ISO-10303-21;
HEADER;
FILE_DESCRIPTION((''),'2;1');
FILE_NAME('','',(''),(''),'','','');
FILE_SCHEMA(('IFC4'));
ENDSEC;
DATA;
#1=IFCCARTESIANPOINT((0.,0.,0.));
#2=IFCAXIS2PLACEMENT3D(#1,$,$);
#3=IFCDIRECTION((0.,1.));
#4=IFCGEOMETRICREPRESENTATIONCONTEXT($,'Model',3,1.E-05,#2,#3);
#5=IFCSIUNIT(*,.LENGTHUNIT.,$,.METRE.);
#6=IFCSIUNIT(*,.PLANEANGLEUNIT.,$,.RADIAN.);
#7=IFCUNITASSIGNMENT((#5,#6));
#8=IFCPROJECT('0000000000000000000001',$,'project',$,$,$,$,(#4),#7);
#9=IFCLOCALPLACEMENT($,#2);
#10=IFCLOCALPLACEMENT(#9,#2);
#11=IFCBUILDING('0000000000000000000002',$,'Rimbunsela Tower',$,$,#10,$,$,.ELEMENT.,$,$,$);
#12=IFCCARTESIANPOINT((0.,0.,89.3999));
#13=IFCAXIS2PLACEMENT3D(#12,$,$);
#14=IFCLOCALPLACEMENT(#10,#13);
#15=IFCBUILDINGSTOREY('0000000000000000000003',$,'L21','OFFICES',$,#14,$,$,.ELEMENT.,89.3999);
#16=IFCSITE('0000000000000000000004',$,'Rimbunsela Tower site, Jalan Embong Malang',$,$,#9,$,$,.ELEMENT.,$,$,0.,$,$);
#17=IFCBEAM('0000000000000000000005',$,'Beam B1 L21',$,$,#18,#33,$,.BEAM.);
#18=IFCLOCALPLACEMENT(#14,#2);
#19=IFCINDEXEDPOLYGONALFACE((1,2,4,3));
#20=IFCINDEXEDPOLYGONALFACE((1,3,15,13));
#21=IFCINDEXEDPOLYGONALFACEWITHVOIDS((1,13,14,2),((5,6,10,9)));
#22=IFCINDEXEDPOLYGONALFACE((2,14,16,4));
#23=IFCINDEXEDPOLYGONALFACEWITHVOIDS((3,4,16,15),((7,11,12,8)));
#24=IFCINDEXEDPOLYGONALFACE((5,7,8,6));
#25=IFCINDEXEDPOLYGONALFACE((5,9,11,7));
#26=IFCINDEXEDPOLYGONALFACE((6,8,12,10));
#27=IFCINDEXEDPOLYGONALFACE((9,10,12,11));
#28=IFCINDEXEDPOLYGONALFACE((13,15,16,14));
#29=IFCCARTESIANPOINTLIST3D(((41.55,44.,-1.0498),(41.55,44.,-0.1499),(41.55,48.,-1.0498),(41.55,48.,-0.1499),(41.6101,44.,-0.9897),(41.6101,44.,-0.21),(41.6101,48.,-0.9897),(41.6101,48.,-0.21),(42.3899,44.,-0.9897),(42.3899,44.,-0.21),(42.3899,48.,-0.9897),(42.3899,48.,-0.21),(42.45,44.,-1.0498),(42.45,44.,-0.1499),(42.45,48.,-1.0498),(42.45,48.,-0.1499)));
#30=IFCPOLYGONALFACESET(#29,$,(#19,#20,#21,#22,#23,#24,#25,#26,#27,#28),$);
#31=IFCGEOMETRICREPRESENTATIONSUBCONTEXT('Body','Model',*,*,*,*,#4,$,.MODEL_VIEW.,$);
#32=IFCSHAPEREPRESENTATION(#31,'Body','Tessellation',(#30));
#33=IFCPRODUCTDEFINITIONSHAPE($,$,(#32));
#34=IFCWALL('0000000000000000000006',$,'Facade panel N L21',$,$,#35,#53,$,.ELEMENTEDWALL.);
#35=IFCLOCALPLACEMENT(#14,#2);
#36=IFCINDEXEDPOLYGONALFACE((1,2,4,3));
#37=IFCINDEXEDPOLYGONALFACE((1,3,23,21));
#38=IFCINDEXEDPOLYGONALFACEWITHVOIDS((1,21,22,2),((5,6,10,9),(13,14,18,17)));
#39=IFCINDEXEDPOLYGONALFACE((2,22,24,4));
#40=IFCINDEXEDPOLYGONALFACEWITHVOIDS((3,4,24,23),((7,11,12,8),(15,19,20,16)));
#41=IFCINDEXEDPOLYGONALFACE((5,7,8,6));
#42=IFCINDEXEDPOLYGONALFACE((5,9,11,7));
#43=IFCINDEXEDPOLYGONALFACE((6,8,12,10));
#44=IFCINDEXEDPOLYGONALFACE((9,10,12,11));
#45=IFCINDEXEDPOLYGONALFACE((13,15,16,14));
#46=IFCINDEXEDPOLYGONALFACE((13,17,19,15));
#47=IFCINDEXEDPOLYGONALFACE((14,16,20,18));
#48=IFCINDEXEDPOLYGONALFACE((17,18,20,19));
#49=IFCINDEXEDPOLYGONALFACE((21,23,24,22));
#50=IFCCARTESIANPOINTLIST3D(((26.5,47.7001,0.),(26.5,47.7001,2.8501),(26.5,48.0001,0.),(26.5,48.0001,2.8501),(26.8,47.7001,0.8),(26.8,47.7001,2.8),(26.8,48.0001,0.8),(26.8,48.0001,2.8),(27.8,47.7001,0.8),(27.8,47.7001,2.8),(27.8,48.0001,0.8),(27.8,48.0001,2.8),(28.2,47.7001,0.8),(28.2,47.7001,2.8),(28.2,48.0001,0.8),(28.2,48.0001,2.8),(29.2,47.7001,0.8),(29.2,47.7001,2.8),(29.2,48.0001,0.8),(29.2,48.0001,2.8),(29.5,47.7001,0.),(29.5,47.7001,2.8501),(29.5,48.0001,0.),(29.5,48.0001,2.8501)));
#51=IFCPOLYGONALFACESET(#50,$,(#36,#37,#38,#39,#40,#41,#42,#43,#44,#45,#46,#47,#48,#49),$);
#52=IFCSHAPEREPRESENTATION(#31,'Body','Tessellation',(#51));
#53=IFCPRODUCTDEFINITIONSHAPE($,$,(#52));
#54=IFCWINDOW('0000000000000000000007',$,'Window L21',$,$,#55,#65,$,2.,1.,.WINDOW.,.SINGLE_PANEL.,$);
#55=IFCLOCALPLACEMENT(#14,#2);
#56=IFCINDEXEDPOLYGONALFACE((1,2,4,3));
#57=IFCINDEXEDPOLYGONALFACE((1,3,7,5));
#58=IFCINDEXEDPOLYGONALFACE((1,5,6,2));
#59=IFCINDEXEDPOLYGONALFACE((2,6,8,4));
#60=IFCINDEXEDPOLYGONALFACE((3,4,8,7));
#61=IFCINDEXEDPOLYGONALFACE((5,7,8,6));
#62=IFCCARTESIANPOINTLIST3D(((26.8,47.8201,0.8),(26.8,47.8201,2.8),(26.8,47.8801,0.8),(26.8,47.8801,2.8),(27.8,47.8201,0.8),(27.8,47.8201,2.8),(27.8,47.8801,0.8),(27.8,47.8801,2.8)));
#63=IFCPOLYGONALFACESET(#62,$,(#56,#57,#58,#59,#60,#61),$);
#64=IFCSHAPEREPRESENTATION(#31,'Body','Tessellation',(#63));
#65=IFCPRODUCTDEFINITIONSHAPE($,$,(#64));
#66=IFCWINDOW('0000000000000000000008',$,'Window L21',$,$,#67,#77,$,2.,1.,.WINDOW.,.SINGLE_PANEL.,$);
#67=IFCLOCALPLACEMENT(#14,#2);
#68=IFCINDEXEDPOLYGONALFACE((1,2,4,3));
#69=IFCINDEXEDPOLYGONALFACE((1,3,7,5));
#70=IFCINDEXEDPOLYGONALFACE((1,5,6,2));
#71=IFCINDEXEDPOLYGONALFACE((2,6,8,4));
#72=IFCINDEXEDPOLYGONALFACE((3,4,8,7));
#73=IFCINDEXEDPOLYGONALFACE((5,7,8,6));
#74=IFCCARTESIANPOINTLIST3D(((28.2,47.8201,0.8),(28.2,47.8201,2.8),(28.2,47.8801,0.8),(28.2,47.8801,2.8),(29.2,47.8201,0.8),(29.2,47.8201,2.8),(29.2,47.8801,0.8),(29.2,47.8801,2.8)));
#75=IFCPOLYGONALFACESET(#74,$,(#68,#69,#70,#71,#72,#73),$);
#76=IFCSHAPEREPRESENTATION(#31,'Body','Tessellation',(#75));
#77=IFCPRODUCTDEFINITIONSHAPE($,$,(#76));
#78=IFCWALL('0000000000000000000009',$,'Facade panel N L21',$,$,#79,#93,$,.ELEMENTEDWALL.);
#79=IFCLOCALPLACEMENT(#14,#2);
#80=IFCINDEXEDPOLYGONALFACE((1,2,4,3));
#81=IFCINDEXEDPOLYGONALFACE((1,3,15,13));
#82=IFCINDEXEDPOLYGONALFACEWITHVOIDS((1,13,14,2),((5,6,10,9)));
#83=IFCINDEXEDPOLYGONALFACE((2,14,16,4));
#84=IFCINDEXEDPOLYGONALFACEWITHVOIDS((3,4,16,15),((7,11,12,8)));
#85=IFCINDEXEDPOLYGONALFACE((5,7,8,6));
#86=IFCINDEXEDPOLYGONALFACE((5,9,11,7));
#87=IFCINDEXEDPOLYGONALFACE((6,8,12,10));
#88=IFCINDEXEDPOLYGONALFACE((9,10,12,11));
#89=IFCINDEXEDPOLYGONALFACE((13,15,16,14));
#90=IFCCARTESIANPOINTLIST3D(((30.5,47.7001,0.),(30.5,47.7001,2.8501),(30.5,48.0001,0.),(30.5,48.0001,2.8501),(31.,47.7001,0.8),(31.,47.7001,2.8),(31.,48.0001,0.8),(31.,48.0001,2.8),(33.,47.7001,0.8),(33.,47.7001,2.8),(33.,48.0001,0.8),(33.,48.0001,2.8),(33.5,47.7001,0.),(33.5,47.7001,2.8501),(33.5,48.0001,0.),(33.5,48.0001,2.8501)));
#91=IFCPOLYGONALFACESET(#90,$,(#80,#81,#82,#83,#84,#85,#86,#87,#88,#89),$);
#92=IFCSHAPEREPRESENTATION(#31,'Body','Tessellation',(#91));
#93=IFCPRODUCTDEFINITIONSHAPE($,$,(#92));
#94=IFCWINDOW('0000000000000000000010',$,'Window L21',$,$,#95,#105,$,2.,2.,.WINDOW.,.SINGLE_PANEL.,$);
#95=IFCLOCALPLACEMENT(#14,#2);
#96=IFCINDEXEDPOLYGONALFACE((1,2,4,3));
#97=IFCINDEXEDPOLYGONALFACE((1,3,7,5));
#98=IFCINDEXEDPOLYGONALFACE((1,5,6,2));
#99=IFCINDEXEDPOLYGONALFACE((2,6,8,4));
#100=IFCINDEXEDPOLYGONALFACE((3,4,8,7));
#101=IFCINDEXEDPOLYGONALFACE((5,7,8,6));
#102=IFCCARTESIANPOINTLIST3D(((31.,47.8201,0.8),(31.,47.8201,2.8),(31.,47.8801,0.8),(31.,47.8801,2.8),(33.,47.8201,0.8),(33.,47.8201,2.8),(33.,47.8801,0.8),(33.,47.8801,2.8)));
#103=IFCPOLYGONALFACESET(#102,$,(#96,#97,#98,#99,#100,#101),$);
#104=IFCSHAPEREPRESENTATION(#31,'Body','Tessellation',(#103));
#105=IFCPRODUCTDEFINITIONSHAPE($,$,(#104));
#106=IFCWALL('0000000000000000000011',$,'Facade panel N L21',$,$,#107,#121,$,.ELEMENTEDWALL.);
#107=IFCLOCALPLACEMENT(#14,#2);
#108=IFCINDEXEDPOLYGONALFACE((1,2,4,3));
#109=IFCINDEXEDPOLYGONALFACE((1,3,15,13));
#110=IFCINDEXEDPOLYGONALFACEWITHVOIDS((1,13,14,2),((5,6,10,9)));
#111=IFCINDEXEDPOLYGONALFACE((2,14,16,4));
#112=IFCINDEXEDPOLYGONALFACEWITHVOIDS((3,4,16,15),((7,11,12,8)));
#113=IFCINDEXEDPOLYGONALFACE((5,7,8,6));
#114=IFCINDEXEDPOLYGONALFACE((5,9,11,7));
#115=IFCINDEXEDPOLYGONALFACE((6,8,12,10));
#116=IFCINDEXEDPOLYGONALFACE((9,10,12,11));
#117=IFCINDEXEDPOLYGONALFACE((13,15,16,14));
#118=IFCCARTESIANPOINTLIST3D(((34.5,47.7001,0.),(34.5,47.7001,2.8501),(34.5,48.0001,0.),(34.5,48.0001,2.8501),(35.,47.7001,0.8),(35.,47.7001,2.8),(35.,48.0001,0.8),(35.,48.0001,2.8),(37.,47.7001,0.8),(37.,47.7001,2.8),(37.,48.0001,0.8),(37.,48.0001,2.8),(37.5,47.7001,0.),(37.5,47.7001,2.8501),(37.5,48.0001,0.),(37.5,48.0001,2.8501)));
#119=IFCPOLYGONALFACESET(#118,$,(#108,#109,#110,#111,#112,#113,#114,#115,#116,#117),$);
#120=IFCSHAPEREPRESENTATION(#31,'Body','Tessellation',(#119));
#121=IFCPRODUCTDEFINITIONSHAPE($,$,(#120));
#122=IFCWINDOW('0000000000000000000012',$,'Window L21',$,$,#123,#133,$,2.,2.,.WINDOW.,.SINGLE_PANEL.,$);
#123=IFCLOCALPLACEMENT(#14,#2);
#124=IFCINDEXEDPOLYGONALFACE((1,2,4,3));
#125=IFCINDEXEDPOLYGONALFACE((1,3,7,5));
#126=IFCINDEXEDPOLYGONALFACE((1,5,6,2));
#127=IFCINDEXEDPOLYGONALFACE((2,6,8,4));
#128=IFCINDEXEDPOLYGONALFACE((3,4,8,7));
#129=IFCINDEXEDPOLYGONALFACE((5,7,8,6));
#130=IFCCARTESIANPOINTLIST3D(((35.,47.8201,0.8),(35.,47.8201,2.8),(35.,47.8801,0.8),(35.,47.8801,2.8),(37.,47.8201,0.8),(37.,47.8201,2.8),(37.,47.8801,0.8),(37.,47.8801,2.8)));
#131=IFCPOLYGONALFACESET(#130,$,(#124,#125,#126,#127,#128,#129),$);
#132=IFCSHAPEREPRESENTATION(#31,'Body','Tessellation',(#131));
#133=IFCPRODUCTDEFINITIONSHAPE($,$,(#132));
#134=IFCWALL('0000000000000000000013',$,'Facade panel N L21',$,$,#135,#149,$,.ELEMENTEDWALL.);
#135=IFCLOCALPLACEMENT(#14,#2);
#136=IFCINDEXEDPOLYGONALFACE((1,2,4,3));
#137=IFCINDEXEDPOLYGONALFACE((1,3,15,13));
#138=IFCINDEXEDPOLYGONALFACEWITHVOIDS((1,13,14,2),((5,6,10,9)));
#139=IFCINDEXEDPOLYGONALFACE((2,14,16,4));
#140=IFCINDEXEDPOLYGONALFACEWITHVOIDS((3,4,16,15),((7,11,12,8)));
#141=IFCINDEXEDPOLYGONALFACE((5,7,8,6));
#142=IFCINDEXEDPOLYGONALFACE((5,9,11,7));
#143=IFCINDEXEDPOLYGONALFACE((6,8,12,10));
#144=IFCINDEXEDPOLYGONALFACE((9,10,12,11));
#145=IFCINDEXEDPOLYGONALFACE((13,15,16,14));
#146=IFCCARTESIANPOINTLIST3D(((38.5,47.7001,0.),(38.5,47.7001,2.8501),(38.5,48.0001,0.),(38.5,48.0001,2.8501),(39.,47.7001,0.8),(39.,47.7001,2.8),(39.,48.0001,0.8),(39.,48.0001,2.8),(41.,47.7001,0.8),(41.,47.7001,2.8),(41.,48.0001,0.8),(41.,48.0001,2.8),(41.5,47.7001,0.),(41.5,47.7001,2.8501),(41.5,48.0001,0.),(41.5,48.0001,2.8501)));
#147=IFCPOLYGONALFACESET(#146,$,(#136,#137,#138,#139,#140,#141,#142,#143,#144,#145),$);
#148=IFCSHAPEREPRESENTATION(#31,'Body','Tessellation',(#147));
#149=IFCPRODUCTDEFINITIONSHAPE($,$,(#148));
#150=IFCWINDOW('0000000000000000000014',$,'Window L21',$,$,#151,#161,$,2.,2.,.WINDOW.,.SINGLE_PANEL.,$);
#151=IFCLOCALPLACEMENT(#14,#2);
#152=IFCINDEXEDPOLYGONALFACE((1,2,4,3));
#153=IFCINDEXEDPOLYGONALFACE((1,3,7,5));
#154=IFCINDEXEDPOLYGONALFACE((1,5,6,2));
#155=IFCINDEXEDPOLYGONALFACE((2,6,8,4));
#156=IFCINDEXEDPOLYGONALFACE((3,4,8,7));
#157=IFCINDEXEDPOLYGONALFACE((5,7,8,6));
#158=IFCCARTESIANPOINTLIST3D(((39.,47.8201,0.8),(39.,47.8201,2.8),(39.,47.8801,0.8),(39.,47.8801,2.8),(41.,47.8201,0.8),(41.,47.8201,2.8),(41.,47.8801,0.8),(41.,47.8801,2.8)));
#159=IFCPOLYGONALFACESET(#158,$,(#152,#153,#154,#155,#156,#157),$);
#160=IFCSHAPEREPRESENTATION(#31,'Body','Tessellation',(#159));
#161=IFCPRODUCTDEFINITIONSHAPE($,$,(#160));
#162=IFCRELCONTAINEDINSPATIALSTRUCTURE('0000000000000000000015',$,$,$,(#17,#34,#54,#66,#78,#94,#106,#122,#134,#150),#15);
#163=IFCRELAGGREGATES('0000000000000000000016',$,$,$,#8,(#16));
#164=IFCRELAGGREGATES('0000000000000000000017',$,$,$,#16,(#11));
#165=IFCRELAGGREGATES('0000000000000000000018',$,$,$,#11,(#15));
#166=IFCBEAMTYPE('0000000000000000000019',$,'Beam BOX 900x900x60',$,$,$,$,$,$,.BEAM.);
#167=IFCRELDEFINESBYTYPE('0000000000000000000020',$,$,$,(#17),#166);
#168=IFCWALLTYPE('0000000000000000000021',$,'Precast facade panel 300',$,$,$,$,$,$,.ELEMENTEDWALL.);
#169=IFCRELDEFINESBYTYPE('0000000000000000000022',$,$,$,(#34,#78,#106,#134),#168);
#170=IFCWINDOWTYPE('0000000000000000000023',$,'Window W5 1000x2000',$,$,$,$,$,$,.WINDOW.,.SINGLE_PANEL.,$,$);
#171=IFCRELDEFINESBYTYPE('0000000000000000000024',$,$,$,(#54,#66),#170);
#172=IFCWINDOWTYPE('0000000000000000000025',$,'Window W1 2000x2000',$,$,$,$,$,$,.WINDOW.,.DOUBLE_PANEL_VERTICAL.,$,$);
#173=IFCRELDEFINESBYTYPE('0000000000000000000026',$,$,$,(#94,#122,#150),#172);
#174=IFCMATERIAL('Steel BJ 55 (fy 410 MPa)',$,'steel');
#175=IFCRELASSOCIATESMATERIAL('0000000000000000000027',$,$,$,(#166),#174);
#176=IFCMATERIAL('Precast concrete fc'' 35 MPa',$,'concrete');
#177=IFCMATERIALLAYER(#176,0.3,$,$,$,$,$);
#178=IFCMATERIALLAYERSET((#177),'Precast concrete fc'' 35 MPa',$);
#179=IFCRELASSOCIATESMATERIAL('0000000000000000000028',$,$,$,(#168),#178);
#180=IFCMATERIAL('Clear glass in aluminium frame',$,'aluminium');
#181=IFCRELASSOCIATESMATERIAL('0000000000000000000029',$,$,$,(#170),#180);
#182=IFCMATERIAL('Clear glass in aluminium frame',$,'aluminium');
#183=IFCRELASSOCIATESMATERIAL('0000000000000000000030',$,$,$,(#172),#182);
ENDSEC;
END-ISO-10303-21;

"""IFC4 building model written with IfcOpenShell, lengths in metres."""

from ifc_helpers import new_model, si_unit, direction, frame, frame_2d, origin, origin_2d, place, context, subcontext, project, spatial, rectangle, hollow_rectangle, extrude, material, layer, layer_set, material_profile, profile_set, type_object, element, fill, save


model = new_model("IFC4")

# Units and contexts
model_context = context("Model", 3, precision=1e-05, world=origin(), true_north=direction((0.0, 1.0)))
body_context = subcontext(model_context, "Body", "Model", "MODEL_VIEW")
ifc_project = project(units=[si_unit("LENGTHUNIT", "METRE"), si_unit("PLANEANGLEUNIT", "RADIAN")], contexts=[model_context])

# Site, building, storey
site_placement = place(None, origin())
site = spatial("IfcSite", under=ifc_project, at=site_placement, Name="Rimbunsela Tower site, Jalan Embong Malang", CompositionType="ELEMENT", RefElevation=0.0)
building_placement = place(site_placement, origin())
building = spatial("IfcBuilding", under=site, at=building_placement, Name="Rimbunsela Tower", CompositionType="ELEMENT")
storey_placement = place(building_placement, frame((0.0, 0.0, 89.3999)))
storey = spatial("IfcBuildingStorey", under=building, at=storey_placement, Name="L21", Description="OFFICES", CompositionType="ELEMENT", Elevation=89.3999)

# Beam
ifc_material_1 = material(Name="Steel BJ 55 (fy 410 MPa)", Category="steel")
ifc_material_profile_1 = material_profile(ifc_material_1, hollow_rectangle(XDim=0.8999, YDim=0.8999, WallThickness=0.0601, at=origin_2d()), Name="BOX 900x900x60")
ifc_profile_set_1 = profile_set([ifc_material_profile_1], Name="Steel BJ 55 (fy 410 MPa)")
beam_type_1 = type_object("IfcBeamType", Name="Beam BOX 900x900x60", PredefinedType="BEAM", material=ifc_profile_set_1)
for number, where, z_axis, x_axis, name in (
    (1, (42.0, 44.0, -0.5999), (0.0, 1.0, 0.0), (-1.0, 0.0, 0.0), "Beam B1 L21"),
):
    element("IfcBeam", number, at=place(storey_placement, frame(where, z_axis=z_axis, x_axis=x_axis)), inside=storey, type_object=beam_type_1, Name=name, PredefinedType="BEAM", context=body_context, shape_type="SweptSolid", body=[
        extrude(hollow_rectangle(XDim=0.8999, YDim=0.8999, WallThickness=0.0601, at=origin_2d()), origin(), (0.0, 0.0, 1.0), 4.0),
    ])

# Wall, openings, windows
ifc_material_2 = material(Name="Precast concrete fc' 35 MPa", Category="concrete")
ifc_layer_1 = layer(ifc_material_2, 0.3)
ifc_layer_set_1 = layer_set([ifc_layer_1], Name="Precast concrete fc' 35 MPa")
wall_type_1 = type_object("IfcWallType", Name="Precast facade panel 300", PredefinedType="ELEMENTEDWALL", material=ifc_layer_set_1)
wall_1_placement = place(storey_placement, frame((29.5, 47.8501, 0.0), z_axis=(0.0, 0.0, 1.0), x_axis=(-1.0, 0.0, 0.0)))
wall_1 = element("IfcWall", 2, at=wall_1_placement, inside=storey, type_object=wall_type_1, Name="Facade panel N L21", PredefinedType="ELEMENTEDWALL", context=body_context, shape_type="SweptSolid", body=[
    extrude(rectangle(XDim=3.0, YDim=0.3, at=frame_2d((1.5, 0.0))), origin(), (0.0, 0.0, 1.0), 2.8501),
])
opening_1_placement = place(wall_1_placement, frame((1.7, 0.0, 0.8)))
opening_1 = element("IfcOpeningElement", 3, at=opening_1_placement, cuts=wall_1, PredefinedType="OPENING", context=body_context, shape_type="SweptSolid", body=[
    extrude(rectangle(XDim=1.0, YDim=2.0, at=frame_2d((0.5, 1.0))), frame((0.0, 0.1599, 0.0), z_axis=(0.0, -1.0, 0.0), x_axis=(1.0, 0.0, 0.0)), (0.0, 0.0, 1.0), 0.3201),
])
opening_2_placement = place(wall_1_placement, frame((0.3, 0.0, 0.8)))
opening_2 = element("IfcOpeningElement", 4, at=opening_2_placement, cuts=wall_1, PredefinedType="OPENING", context=body_context, shape_type="SweptSolid", body=[
    extrude(rectangle(XDim=1.0, YDim=2.0, at=frame_2d((0.5, 1.0))), frame((0.0, 0.1599, 0.0), z_axis=(0.0, -1.0, 0.0), x_axis=(1.0, 0.0, 0.0)), (0.0, 0.0, 1.0), 0.3201),
])
ifc_material_3 = material(Name="Clear glass in aluminium frame", Category="aluminium")
window_type_1 = type_object("IfcWindowType", Name="Window W5 1000x2000", PartitioningType="SINGLE_PANEL", PredefinedType="WINDOW", material=ifc_material_3)
window_1_placement = place(opening_1_placement, origin())
window_1 = element("IfcWindow", 5, at=window_1_placement, inside=storey, type_object=window_type_1, Name="Window L21", OverallHeight=2.0, OverallWidth=1.0, PartitioningType="SINGLE_PANEL", PredefinedType="WINDOW", context=body_context, shape_type="SweptSolid", body=[
    extrude(rectangle(XDim=1.0, YDim=2.0, at=frame_2d((0.5, 1.0))), frame((0.0, 0.03, 0.0), z_axis=(0.0, -1.0, 0.0), x_axis=(1.0, 0.0, 0.0)), (0.0, 0.0, 1.0), 0.0601),
])
fill(opening_1, window_1)
window_2_placement = place(opening_2_placement, origin())
window_2 = element("IfcWindow", 6, at=window_2_placement, inside=storey, type_object=window_type_1, Name="Window L21", OverallHeight=2.0, OverallWidth=1.0, PartitioningType="SINGLE_PANEL", PredefinedType="WINDOW", context=body_context, shape_type="SweptSolid", body=[
    extrude(rectangle(XDim=1.0, YDim=2.0, at=frame_2d((0.5, 1.0))), frame((0.0, 0.03, 0.0), z_axis=(0.0, -1.0, 0.0), x_axis=(1.0, 0.0, 0.0)), (0.0, 0.0, 1.0), 0.0601),
])
fill(opening_2, window_2)

# Walls, openings, windows
wall_2_placement = place(storey_placement, frame((33.5, 47.8501, 0.0), z_axis=(0.0, 0.0, 1.0), x_axis=(-1.0, 0.0, 0.0)))
wall_2 = element("IfcWall", 7, at=wall_2_placement, inside=storey, type_object=wall_type_1, Name="Facade panel N L21", PredefinedType="ELEMENTEDWALL", context=body_context, shape_type="SweptSolid", body=[
    extrude(rectangle(XDim=3.0, YDim=0.3, at=frame_2d((1.5, 0.0))), origin(), (0.0, 0.0, 1.0), 2.8501),
])
opening_3_placement = place(wall_2_placement, frame((0.5, 0.0, 0.8)))
opening_3 = element("IfcOpeningElement", 8, at=opening_3_placement, cuts=wall_2, PredefinedType="OPENING", context=body_context, shape_type="SweptSolid", body=[
    extrude(rectangle(XDim=2.0, YDim=2.0, at=frame_2d((1.0, 1.0))), frame((0.0, 0.1599, 0.0), z_axis=(0.0, -1.0, 0.0), x_axis=(1.0, 0.0, 0.0)), (0.0, 0.0, 1.0), 0.3201),
])
ifc_material_4 = material(Name="Clear glass in aluminium frame", Category="aluminium")
window_type_2 = type_object("IfcWindowType", Name="Window W1 2000x2000", PartitioningType="DOUBLE_PANEL_VERTICAL", PredefinedType="WINDOW", material=ifc_material_4)
window_3_placement = place(opening_3_placement, origin())
window_3 = element("IfcWindow", 9, at=window_3_placement, inside=storey, type_object=window_type_2, Name="Window L21", OverallHeight=2.0, OverallWidth=2.0, PartitioningType="SINGLE_PANEL", PredefinedType="WINDOW", context=body_context, shape_type="SweptSolid", body=[
    extrude(rectangle(XDim=2.0, YDim=2.0, at=frame_2d((1.0, 1.0))), frame((0.0, 0.03, 0.0), z_axis=(0.0, -1.0, 0.0), x_axis=(1.0, 0.0, 0.0)), (0.0, 0.0, 1.0), 0.0601),
])
fill(opening_3, window_3)
wall_3_placement = place(storey_placement, frame((37.5, 47.8501, 0.0), z_axis=(0.0, 0.0, 1.0), x_axis=(-1.0, 0.0, 0.0)))
wall_3 = element("IfcWall", 10, at=wall_3_placement, inside=storey, type_object=wall_type_1, Name="Facade panel N L21", PredefinedType="ELEMENTEDWALL", context=body_context, shape_type="SweptSolid", body=[
    extrude(rectangle(XDim=3.0, YDim=0.3, at=frame_2d((1.5, 0.0))), origin(), (0.0, 0.0, 1.0), 2.8501),
])
opening_4_placement = place(wall_3_placement, frame((0.5, 0.0, 0.8)))
opening_4 = element("IfcOpeningElement", 11, at=opening_4_placement, cuts=wall_3, PredefinedType="OPENING", context=body_context, shape_type="SweptSolid", body=[
    extrude(rectangle(XDim=2.0, YDim=2.0, at=frame_2d((1.0, 1.0))), frame((0.0, 0.1599, 0.0), z_axis=(0.0, -1.0, 0.0), x_axis=(1.0, 0.0, 0.0)), (0.0, 0.0, 1.0), 0.3201),
])
window_4_placement = place(opening_4_placement, origin())
window_4 = element("IfcWindow", 12, at=window_4_placement, inside=storey, type_object=window_type_2, Name="Window L21", OverallHeight=2.0, OverallWidth=2.0, PartitioningType="SINGLE_PANEL", PredefinedType="WINDOW", context=body_context, shape_type="SweptSolid", body=[
    extrude(rectangle(XDim=2.0, YDim=2.0, at=frame_2d((1.0, 1.0))), frame((0.0, 0.03, 0.0), z_axis=(0.0, -1.0, 0.0), x_axis=(1.0, 0.0, 0.0)), (0.0, 0.0, 1.0), 0.0601),
])
fill(opening_4, window_4)
wall_4_placement = place(storey_placement, frame((41.5, 47.8501, 0.0), z_axis=(0.0, 0.0, 1.0), x_axis=(-1.0, 0.0, 0.0)))
wall_4 = element("IfcWall", 13, at=wall_4_placement, inside=storey, type_object=wall_type_1, Name="Facade panel N L21", PredefinedType="ELEMENTEDWALL", context=body_context, shape_type="SweptSolid", body=[
    extrude(rectangle(XDim=3.0, YDim=0.3, at=frame_2d((1.5, 0.0))), origin(), (0.0, 0.0, 1.0), 2.8501),
])
opening_5_placement = place(wall_4_placement, frame((0.5, 0.0, 0.8)))
opening_5 = element("IfcOpeningElement", 14, at=opening_5_placement, cuts=wall_4, PredefinedType="OPENING", context=body_context, shape_type="SweptSolid", body=[
    extrude(rectangle(XDim=2.0, YDim=2.0, at=frame_2d((1.0, 1.0))), frame((0.0, 0.1599, 0.0), z_axis=(0.0, -1.0, 0.0), x_axis=(1.0, 0.0, 0.0)), (0.0, 0.0, 1.0), 0.3201),
])
window_5_placement = place(opening_5_placement, origin())
window_5 = element("IfcWindow", 15, at=window_5_placement, inside=storey, type_object=window_type_2, Name="Window L21", OverallHeight=2.0, OverallWidth=2.0, PartitioningType="SINGLE_PANEL", PredefinedType="WINDOW", context=body_context, shape_type="SweptSolid", body=[
    extrude(rectangle(XDim=2.0, YDim=2.0, at=frame_2d((1.0, 1.0))), frame((0.0, 0.03, 0.0), z_axis=(0.0, -1.0, 0.0), x_axis=(1.0, 0.0, 0.0)), (0.0, 0.0, 1.0), 0.0601),
])
fill(opening_5, window_5)

save(model, "model.ifc")
